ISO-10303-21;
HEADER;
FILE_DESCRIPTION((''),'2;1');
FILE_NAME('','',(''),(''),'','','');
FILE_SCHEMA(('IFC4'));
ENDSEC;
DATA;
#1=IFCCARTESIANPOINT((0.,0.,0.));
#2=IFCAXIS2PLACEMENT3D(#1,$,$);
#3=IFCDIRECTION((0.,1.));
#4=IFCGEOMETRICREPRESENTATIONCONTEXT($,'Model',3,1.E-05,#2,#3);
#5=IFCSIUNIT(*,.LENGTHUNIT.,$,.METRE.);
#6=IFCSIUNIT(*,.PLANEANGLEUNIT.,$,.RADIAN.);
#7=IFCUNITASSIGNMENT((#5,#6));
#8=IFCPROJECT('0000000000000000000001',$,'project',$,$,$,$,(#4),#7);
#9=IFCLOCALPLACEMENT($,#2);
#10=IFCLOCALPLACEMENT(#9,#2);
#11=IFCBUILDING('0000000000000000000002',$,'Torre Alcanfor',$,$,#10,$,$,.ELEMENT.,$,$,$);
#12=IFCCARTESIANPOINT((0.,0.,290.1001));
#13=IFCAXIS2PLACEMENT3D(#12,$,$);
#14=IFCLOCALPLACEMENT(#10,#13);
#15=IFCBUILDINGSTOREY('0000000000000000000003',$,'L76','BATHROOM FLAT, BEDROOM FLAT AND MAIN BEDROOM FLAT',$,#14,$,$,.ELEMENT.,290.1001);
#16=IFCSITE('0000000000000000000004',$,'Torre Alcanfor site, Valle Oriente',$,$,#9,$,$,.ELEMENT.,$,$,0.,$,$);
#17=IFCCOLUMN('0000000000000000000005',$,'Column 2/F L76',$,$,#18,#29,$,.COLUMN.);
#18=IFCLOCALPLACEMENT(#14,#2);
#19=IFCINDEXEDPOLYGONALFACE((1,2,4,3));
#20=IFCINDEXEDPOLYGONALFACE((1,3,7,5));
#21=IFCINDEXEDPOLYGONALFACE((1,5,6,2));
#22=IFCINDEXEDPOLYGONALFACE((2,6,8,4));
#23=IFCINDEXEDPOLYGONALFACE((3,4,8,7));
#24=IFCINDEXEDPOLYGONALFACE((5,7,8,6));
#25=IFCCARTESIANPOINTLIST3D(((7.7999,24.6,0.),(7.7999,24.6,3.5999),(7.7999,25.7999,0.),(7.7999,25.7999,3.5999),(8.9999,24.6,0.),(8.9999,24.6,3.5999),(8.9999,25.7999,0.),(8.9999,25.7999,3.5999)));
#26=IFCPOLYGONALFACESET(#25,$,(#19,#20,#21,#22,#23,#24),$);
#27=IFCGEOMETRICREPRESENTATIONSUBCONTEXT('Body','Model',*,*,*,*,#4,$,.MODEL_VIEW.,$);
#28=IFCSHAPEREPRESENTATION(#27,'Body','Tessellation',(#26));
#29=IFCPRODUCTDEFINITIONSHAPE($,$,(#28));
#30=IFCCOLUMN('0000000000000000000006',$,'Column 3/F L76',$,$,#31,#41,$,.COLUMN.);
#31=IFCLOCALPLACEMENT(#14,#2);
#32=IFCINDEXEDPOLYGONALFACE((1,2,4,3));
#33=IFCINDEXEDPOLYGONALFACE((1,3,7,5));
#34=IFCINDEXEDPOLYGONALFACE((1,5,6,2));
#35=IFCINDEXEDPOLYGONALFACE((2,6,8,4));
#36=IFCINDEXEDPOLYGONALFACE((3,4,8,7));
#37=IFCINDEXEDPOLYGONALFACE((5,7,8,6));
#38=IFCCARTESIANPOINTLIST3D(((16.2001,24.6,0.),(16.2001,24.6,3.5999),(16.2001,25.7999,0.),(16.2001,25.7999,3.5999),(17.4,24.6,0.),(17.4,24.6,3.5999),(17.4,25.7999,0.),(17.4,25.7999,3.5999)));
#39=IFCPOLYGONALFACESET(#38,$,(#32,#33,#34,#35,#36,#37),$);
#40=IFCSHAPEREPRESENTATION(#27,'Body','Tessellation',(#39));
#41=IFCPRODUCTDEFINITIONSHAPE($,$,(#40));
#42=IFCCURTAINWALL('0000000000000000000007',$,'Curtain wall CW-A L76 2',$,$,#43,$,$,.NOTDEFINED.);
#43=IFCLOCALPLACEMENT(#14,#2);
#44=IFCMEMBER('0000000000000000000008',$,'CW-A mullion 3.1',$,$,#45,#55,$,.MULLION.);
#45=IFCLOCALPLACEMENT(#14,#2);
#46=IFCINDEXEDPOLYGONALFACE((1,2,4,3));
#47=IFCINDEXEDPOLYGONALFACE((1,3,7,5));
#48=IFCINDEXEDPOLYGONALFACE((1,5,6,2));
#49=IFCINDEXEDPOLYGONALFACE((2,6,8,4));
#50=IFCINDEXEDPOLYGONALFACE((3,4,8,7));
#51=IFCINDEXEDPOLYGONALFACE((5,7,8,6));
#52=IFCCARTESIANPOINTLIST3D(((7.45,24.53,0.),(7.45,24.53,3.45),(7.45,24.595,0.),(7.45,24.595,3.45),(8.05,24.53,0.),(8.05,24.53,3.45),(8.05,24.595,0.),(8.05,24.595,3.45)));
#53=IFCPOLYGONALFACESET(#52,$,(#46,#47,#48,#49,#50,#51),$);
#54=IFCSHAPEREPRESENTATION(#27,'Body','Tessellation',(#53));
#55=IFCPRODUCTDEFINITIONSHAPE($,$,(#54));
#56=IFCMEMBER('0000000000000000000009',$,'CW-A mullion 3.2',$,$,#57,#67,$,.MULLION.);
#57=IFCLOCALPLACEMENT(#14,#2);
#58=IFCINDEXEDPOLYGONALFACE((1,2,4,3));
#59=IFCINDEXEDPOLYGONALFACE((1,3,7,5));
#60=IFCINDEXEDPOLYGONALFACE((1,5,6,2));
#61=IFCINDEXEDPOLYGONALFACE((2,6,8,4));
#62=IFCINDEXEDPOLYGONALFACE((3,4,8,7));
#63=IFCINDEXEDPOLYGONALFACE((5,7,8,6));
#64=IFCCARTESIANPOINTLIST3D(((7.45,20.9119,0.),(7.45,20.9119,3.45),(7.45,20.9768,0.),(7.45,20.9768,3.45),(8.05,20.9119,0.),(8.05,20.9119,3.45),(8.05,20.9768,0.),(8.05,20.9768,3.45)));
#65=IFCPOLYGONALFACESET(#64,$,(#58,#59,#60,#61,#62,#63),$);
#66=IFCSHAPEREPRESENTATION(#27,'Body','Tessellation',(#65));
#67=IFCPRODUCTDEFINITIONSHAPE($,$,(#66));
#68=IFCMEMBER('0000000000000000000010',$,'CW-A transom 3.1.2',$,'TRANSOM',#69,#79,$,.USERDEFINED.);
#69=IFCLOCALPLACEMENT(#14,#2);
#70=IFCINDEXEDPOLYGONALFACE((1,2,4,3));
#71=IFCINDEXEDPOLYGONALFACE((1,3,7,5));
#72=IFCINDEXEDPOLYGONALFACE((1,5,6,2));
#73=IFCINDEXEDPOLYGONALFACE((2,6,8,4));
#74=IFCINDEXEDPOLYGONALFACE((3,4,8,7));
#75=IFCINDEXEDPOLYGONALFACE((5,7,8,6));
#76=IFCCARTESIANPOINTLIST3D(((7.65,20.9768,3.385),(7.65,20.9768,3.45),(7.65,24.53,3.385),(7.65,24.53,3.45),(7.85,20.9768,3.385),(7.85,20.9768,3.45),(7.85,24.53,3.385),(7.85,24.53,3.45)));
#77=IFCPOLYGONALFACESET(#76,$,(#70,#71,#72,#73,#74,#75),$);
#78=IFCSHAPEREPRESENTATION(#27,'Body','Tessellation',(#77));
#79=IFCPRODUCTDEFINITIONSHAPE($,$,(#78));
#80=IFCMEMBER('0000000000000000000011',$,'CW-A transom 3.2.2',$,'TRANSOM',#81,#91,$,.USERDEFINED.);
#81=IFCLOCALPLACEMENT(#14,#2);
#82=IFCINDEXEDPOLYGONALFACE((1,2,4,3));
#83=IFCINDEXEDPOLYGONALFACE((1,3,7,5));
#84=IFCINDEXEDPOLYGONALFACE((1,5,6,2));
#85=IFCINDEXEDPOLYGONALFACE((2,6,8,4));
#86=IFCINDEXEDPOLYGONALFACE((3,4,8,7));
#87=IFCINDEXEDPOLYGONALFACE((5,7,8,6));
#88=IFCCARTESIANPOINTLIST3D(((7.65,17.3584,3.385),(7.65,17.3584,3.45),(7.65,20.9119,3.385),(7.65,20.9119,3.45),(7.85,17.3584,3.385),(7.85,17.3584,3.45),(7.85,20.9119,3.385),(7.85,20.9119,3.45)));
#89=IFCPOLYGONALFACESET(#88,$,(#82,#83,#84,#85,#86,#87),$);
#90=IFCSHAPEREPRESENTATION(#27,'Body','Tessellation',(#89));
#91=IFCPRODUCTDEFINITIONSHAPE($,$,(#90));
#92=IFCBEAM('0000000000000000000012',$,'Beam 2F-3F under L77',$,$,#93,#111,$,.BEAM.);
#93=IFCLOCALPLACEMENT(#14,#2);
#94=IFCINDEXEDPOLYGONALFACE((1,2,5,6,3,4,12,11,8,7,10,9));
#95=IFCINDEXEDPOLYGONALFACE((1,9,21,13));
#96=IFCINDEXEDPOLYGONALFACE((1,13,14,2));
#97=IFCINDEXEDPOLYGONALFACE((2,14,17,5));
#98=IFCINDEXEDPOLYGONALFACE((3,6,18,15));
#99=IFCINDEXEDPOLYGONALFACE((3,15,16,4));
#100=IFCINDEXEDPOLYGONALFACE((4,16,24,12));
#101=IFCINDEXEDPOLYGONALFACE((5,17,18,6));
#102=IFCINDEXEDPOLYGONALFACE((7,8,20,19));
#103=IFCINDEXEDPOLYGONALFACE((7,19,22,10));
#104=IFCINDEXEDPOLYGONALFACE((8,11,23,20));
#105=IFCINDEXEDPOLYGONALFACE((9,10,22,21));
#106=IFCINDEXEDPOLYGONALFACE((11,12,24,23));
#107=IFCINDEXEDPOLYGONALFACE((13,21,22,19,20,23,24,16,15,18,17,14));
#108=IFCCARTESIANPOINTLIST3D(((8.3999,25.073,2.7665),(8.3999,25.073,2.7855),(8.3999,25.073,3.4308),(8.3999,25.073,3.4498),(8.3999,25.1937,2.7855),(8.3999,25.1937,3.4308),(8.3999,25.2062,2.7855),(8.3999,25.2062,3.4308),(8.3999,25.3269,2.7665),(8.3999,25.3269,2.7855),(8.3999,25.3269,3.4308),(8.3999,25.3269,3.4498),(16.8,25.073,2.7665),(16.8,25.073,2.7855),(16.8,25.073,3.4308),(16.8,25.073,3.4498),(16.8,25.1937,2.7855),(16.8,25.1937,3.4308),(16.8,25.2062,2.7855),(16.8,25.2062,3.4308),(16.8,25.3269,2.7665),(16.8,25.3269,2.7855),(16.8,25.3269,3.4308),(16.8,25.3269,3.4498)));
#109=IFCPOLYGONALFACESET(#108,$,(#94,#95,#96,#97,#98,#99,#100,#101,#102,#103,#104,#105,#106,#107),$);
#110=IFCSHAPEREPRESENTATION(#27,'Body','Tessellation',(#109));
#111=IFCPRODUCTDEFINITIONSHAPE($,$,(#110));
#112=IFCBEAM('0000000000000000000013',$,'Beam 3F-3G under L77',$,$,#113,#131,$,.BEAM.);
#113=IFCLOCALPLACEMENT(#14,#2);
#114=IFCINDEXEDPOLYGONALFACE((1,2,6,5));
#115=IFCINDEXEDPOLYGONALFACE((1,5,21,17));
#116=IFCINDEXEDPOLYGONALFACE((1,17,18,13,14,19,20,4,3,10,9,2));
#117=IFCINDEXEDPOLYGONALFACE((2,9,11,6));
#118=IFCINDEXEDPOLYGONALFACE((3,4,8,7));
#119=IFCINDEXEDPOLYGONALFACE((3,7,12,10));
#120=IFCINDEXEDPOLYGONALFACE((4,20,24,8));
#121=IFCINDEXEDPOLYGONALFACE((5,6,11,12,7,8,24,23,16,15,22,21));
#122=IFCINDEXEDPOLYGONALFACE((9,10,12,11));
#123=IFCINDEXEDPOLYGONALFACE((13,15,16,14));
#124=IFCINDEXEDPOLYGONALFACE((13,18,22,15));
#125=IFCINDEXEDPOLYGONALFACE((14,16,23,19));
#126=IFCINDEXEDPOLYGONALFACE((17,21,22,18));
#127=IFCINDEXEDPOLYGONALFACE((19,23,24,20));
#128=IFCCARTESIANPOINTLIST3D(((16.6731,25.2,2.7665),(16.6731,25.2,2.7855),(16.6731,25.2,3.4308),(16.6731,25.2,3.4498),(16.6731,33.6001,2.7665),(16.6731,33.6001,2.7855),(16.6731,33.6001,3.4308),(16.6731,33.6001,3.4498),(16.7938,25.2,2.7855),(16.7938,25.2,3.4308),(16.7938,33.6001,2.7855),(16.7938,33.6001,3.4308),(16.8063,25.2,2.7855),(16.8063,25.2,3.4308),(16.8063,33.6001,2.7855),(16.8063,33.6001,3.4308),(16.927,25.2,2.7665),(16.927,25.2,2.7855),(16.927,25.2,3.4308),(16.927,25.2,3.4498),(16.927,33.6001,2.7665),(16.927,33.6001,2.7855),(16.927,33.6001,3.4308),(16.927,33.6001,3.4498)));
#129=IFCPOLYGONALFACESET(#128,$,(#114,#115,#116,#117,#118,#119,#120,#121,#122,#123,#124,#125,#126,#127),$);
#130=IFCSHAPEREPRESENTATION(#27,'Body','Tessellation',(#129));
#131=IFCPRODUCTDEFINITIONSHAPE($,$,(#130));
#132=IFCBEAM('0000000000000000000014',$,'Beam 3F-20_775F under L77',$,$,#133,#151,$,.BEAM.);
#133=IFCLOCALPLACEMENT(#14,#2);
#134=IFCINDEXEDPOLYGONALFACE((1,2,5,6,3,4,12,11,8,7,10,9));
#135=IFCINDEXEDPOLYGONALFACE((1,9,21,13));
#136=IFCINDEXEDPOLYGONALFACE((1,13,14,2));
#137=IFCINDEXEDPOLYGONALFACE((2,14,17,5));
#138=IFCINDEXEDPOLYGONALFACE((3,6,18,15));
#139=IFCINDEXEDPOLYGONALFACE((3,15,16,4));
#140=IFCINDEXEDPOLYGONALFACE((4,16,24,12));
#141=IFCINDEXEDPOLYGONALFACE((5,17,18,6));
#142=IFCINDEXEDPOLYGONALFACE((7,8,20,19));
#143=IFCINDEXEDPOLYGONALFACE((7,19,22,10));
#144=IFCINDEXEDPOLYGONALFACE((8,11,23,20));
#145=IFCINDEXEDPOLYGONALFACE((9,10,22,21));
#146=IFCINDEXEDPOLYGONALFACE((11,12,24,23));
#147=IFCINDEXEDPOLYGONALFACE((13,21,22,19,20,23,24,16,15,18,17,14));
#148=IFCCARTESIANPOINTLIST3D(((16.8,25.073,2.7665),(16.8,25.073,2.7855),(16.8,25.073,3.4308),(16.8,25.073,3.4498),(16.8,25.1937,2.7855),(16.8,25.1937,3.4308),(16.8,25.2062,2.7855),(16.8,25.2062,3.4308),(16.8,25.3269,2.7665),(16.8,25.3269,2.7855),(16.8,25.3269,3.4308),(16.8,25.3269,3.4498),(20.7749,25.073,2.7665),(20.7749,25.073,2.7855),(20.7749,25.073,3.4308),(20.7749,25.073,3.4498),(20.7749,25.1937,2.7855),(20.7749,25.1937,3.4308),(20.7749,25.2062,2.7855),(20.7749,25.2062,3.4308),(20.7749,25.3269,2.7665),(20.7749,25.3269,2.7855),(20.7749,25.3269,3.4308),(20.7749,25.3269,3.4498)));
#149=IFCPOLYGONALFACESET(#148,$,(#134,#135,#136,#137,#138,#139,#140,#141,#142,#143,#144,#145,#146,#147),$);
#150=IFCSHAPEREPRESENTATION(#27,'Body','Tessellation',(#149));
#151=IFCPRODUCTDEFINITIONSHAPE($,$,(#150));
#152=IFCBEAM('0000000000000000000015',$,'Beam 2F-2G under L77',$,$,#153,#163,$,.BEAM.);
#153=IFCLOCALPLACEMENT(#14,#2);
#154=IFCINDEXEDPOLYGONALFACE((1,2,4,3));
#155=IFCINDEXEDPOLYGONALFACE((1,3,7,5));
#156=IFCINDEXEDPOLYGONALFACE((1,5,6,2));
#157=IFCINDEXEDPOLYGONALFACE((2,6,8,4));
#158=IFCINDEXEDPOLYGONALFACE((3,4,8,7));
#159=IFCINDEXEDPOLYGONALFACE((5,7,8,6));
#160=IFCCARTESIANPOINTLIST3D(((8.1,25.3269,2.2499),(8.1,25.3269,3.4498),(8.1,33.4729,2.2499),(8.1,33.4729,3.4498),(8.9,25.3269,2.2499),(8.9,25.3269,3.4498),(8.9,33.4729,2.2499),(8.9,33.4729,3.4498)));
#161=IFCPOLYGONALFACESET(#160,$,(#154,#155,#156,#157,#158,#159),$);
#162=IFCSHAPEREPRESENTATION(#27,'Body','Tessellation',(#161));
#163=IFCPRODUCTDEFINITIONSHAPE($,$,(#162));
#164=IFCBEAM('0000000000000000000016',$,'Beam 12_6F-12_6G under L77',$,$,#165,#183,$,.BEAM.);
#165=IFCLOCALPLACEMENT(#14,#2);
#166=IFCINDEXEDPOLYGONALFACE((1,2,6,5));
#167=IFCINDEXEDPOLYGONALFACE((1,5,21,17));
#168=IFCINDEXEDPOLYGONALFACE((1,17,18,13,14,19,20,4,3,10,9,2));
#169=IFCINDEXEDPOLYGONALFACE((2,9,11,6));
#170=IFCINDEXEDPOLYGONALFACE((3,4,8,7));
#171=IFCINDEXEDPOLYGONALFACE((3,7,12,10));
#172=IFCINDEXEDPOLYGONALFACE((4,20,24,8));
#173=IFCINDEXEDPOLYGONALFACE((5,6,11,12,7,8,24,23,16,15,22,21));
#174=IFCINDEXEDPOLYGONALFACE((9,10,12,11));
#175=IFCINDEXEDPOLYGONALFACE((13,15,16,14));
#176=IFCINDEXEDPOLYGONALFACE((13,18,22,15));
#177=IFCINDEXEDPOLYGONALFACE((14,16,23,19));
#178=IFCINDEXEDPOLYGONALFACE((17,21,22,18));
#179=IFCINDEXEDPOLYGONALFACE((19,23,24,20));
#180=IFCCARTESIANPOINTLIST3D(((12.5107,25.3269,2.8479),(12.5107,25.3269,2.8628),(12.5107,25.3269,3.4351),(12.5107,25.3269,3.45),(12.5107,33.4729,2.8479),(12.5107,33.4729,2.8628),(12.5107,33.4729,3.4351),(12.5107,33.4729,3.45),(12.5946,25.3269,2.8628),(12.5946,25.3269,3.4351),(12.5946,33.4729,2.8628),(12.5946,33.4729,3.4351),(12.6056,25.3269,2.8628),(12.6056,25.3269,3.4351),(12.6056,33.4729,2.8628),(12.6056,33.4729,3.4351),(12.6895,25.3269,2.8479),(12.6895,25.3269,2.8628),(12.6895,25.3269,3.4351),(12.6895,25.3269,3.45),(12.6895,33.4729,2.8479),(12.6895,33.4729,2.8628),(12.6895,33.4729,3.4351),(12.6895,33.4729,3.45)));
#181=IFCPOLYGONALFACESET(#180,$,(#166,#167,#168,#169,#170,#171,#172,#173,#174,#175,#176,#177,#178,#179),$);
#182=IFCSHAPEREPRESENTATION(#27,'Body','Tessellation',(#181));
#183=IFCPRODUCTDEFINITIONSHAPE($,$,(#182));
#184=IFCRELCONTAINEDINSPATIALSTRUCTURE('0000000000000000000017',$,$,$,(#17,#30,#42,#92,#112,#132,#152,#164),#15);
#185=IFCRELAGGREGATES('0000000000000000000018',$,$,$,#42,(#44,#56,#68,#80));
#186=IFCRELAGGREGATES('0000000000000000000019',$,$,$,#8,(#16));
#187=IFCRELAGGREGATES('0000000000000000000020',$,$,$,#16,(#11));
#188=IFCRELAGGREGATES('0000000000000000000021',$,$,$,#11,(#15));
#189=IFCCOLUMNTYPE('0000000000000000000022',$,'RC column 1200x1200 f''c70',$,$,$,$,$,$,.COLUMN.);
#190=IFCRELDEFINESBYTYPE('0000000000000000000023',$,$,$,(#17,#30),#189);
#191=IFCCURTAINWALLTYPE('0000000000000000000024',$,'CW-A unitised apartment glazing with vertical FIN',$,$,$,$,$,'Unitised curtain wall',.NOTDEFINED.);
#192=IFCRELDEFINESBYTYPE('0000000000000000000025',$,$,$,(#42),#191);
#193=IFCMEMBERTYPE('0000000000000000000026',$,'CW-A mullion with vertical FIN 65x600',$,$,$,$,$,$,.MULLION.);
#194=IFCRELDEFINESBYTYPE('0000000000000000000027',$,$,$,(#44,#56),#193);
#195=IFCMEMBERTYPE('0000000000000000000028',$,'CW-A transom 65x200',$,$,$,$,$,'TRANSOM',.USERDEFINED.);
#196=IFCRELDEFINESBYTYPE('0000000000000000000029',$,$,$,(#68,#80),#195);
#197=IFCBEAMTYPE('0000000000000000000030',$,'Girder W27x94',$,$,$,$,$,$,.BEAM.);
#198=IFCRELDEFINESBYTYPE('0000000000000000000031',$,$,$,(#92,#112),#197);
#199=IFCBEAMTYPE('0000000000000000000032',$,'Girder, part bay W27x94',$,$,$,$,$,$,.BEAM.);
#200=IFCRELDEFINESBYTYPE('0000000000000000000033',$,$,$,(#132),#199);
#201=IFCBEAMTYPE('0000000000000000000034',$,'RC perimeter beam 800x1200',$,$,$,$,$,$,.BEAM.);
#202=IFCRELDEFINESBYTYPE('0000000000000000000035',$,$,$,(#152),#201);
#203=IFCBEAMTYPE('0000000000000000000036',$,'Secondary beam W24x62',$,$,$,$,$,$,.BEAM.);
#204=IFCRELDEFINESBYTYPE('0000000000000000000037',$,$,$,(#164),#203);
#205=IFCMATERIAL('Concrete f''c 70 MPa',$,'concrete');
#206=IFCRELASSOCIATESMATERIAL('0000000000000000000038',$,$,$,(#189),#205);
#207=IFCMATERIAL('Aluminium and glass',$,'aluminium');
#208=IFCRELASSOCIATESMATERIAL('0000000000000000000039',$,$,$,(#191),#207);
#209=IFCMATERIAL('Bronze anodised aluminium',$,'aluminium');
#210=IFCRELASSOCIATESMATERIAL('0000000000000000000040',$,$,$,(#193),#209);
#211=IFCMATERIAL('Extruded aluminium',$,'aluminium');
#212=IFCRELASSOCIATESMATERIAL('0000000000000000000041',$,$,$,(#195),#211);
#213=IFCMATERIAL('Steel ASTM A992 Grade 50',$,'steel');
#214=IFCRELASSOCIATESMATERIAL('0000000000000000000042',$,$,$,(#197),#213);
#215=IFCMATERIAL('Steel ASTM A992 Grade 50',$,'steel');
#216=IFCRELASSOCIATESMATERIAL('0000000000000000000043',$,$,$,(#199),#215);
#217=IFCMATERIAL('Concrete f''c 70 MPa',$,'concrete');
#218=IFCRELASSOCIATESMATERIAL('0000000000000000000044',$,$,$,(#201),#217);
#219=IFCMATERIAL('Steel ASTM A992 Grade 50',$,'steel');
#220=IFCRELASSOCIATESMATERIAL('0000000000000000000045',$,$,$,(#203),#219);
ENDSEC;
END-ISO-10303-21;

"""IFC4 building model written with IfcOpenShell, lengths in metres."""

from ifc_helpers import new_model, si_unit, direction, frame, origin, origin_2d, place, context, subcontext, project, spatial, rectangle, i_section, extrude, material, material_profile, profile_set, type_object, element, aggregate, save


model = new_model("IFC4")

# Units and contexts
model_context = context("Model", 3, precision=1e-05, world=origin(), true_north=direction((0.0, 1.0)))
body_context = subcontext(model_context, "Body", "Model", "MODEL_VIEW")
ifc_project = project(units=[si_unit("LENGTHUNIT", "METRE"), si_unit("PLANEANGLEUNIT", "RADIAN")], contexts=[model_context])

# Site, building, storey
site_placement = place(None, origin())
site = spatial("IfcSite", under=ifc_project, at=site_placement, Name="Torre Alcanfor site, Valle Oriente", CompositionType="ELEMENT", RefElevation=0.0)
building_placement = place(site_placement, origin())
building = spatial("IfcBuilding", under=site, at=building_placement, Name="Torre Alcanfor", CompositionType="ELEMENT")
storey_placement = place(building_placement, frame((0.0, 0.0, 290.1001)))
storey = spatial("IfcBuildingStorey", under=building, at=storey_placement, Name="L76", Description="BATHROOM FLAT, BEDROOM FLAT AND MAIN BEDROOM FLAT", CompositionType="ELEMENT", Elevation=290.1001)

# Columns
ifc_material_1 = material(Name="Concrete f'c 70 MPa", Category="concrete")
ifc_material_profile_1 = material_profile(ifc_material_1, rectangle(XDim=1.2, YDim=1.2, at=origin_2d()), Name="1200x1200")
ifc_profile_set_1 = profile_set([ifc_material_profile_1], Name="Concrete f'c 70 MPa")
column_type = type_object("IfcColumnType", Name="RC column 1200x1200 f'c70", PredefinedType="COLUMN", material=ifc_profile_set_1)
for number, where, z_axis, x_axis, name in (
    (1, (8.3999, 25.2, 0.0), (0.0, 0.0, 1.0), (1.0, 0.0, 0.0), "Column 2/F L76"),
    (2, (16.8, 25.2, 0.0), (0.0, 0.0, 1.0), (1.0, 0.0, 0.0), "Column 3/F L76"),
):
    element("IfcColumn", number, at=place(storey_placement, frame(where, z_axis=z_axis, x_axis=x_axis)), inside=storey, type_object=column_type, Name=name, PredefinedType="COLUMN", context=body_context, shape_type="SweptSolid", body=[
        extrude(rectangle(XDim=1.2, YDim=1.2, at=origin_2d()), origin(), (0.0, 0.0, 1.0), 3.5999),
    ])

# Curtain wall, members
ifc_material_2 = material(Name="Aluminium and glass", Category="aluminium")
curtain_wall_type = type_object("IfcCurtainWallType", Name="CW-A unitised apartment glazing with vertical FIN", ElementType="Unitised curtain wall", PredefinedType="NOTDEFINED", material=ifc_material_2)
curtain_wall_placement = place(storey_placement, origin())
curtain_wall = element("IfcCurtainWall", 3, at=curtain_wall_placement, inside=storey, type_object=curtain_wall_type, Name="Curtain wall CW-A L76 2", PredefinedType="NOTDEFINED")
ifc_material_3 = material(Name="Bronze anodised aluminium", Category="aluminium")
ifc_material_profile_2 = material_profile(ifc_material_3, rectangle(XDim=0.6001, YDim=0.0649, at=origin_2d()), Name="CW-A mullion 65x600")
ifc_profile_set_2 = profile_set([ifc_material_profile_2], Name="Bronze anodised aluminium")
member_type_1 = type_object("IfcMemberType", Name="CW-A mullion with vertical FIN 65x600", PredefinedType="MULLION", material=ifc_profile_set_2)
member_1_placement = place(storey_placement, frame((7.75, 24.5625, 0.0), z_axis=(0.0, 0.0, 1.0), x_axis=(1.0, 0.0, 0.0)))
member_1 = element("IfcMember", 4, at=member_1_placement, type_object=member_type_1, Name="CW-A mullion 3.1", PredefinedType="MULLION", context=body_context, shape_type="SweptSolid", body=[
    extrude(rectangle(XDim=0.6001, YDim=0.0649, at=origin_2d()), origin(), (0.0, 0.0, 1.0), 3.45),
])
member_2_placement = place(storey_placement, frame((7.75, 20.9443, 0.0), z_axis=(0.0, 0.0, 1.0), x_axis=(1.0, 0.0, 0.0)))
member_2 = element("IfcMember", 5, at=member_2_placement, type_object=member_type_1, Name="CW-A mullion 3.2", PredefinedType="MULLION", context=body_context, shape_type="SweptSolid", body=[
    extrude(rectangle(XDim=0.6001, YDim=0.0649, at=origin_2d()), origin(), (0.0, 0.0, 1.0), 3.45),
])
ifc_material_4 = material(Name="Extruded aluminium", Category="aluminium")
ifc_material_profile_3 = material_profile(ifc_material_4, rectangle(XDim=0.2, YDim=0.0649, at=origin_2d()), Name="CW-A transom 200x65")
ifc_profile_set_3 = profile_set([ifc_material_profile_3], Name="Extruded aluminium")
member_type_2 = type_object("IfcMemberType", Name="CW-A transom 65x200", ElementType="TRANSOM", PredefinedType="USERDEFINED", material=ifc_profile_set_3)
member_3_placement = place(storey_placement, frame((7.75, 24.53, 3.4175), z_axis=(0.0, -1.0, 0.0), x_axis=(1.0, 0.0, 0.0)))
member_3 = element("IfcMember", 6, at=member_3_placement, type_object=member_type_2, Name="CW-A transom 3.1.2", ObjectType="TRANSOM", PredefinedType="USERDEFINED", context=body_context, shape_type="SweptSolid", body=[
    extrude(rectangle(XDim=0.2, YDim=0.0649, at=origin_2d()), origin(), (0.0, 0.0, 1.0), 3.5532),
])
member_4_placement = place(storey_placement, frame((7.75, 20.9119, 3.4175), z_axis=(0.0, -1.0, 0.0), x_axis=(1.0, 0.0, 0.0)))
member_4 = element("IfcMember", 7, at=member_4_placement, type_object=member_type_2, Name="CW-A transom 3.2.2", ObjectType="TRANSOM", PredefinedType="USERDEFINED", context=body_context, shape_type="SweptSolid", body=[
    extrude(rectangle(XDim=0.2, YDim=0.0649, at=origin_2d()), origin(), (0.0, 0.0, 1.0), 3.5535),
])

# Beams
ifc_material_5 = material(Name="Steel ASTM A992 Grade 50", Category="steel")
ifc_material_profile_4 = material_profile(ifc_material_5, i_section(OverallWidth=0.2539, OverallDepth=0.6833, WebThickness=0.0125, FlangeThickness=0.019, at=origin_2d()), Name="W27x94")
ifc_profile_set_4 = profile_set([ifc_material_profile_4], Name="Steel ASTM A992 Grade 50")
beam_type_1 = type_object("IfcBeamType", Name="Girder W27x94", PredefinedType="BEAM", material=ifc_profile_set_4)
for number, where, z_axis, x_axis, name in (
    (8, (8.3999, 25.2, 3.1082), (1.0, 0.0, 0.0), (0.0, 1.0, 0.0), "Beam 2F-3F under L77"),
    (9, (16.8, 25.2, 3.1082), (0.0, 1.0, 0.0), (-1.0, 0.0, 0.0), "Beam 3F-3G under L77"),
):
    element("IfcBeam", number, at=place(storey_placement, frame(where, z_axis=z_axis, x_axis=x_axis)), inside=storey, type_object=beam_type_1, Name=name, PredefinedType="BEAM", context=body_context, shape_type="SweptSolid", body=[
        extrude(i_section(OverallWidth=0.2539, OverallDepth=0.6833, WebThickness=0.0125, FlangeThickness=0.019, at=origin_2d()), origin(), (0.0, 0.0, 1.0), 8.4001),
    ])
ifc_material_6 = material(Name="Steel ASTM A992 Grade 50", Category="steel")
ifc_material_profile_5 = material_profile(ifc_material_6, i_section(OverallWidth=0.2539, OverallDepth=0.6833, WebThickness=0.0125, FlangeThickness=0.019, at=origin_2d()), Name="W27x94")
ifc_profile_set_5 = profile_set([ifc_material_profile_5], Name="Steel ASTM A992 Grade 50")
beam_type_2 = type_object("IfcBeamType", Name="Girder, part bay W27x94", PredefinedType="BEAM", material=ifc_profile_set_5)
beam_1_placement = place(storey_placement, frame((16.8, 25.2, 3.1082), z_axis=(1.0, 0.0, 0.0), x_axis=(0.0, 1.0, 0.0)))
element("IfcBeam", 10, at=beam_1_placement, inside=storey, type_object=beam_type_2, Name="Beam 3F-20_775F under L77", PredefinedType="BEAM", context=body_context, shape_type="SweptSolid", body=[
    extrude(i_section(OverallWidth=0.2539, OverallDepth=0.6833, WebThickness=0.0125, FlangeThickness=0.019, at=origin_2d()), origin(), (0.0, 0.0, 1.0), 3.9749),
])
ifc_material_7 = material(Name="Concrete f'c 70 MPa", Category="concrete")
ifc_material_profile_6 = material_profile(ifc_material_7, rectangle(XDim=0.8, YDim=1.2, at=origin_2d()), Name="800x1200")
ifc_profile_set_6 = profile_set([ifc_material_profile_6], Name="Concrete f'c 70 MPa")
beam_type_3 = type_object("IfcBeamType", Name="RC perimeter beam 800x1200", PredefinedType="BEAM", material=ifc_profile_set_6)
beam_2_placement = place(storey_placement, frame((8.5, 25.3269, 2.8499), z_axis=(0.0, 1.0, 0.0), x_axis=(-1.0, 0.0, 0.0)))
element("IfcBeam", 11, at=beam_2_placement, inside=storey, type_object=beam_type_3, Name="Beam 2F-2G under L77", PredefinedType="BEAM", context=body_context, shape_type="SweptSolid", body=[
    extrude(rectangle(XDim=0.8, YDim=1.2, at=origin_2d()), origin(), (0.0, 0.0, 1.0), 8.146),
])
ifc_material_8 = material(Name="Steel ASTM A992 Grade 50", Category="steel")
ifc_material_profile_7 = material_profile(ifc_material_8, i_section(OverallWidth=0.1787, OverallDepth=0.6021, WebThickness=0.011, FlangeThickness=0.0149, at=origin_2d()), Name="W24x62")
ifc_profile_set_7 = profile_set([ifc_material_profile_7], Name="Steel ASTM A992 Grade 50")
beam_type_4 = type_object("IfcBeamType", Name="Secondary beam W24x62", PredefinedType="BEAM", material=ifc_profile_set_7)
beam_3_placement = place(storey_placement, frame((12.6001, 25.3269, 3.1489), z_axis=(0.0, 1.0, 0.0), x_axis=(-1.0, 0.0, 0.0)))
element("IfcBeam", 12, at=beam_3_placement, inside=storey, type_object=beam_type_4, Name="Beam 12_6F-12_6G under L77", PredefinedType="BEAM", context=body_context, shape_type="SweptSolid", body=[
    extrude(i_section(OverallWidth=0.1787, OverallDepth=0.6021, WebThickness=0.011, FlangeThickness=0.0149, at=origin_2d()), origin(), (0.0, 0.0, 1.0), 8.146),
])

aggregate(curtain_wall, [member_1, member_2, member_3, member_4])

save(model, "model.ifc")
